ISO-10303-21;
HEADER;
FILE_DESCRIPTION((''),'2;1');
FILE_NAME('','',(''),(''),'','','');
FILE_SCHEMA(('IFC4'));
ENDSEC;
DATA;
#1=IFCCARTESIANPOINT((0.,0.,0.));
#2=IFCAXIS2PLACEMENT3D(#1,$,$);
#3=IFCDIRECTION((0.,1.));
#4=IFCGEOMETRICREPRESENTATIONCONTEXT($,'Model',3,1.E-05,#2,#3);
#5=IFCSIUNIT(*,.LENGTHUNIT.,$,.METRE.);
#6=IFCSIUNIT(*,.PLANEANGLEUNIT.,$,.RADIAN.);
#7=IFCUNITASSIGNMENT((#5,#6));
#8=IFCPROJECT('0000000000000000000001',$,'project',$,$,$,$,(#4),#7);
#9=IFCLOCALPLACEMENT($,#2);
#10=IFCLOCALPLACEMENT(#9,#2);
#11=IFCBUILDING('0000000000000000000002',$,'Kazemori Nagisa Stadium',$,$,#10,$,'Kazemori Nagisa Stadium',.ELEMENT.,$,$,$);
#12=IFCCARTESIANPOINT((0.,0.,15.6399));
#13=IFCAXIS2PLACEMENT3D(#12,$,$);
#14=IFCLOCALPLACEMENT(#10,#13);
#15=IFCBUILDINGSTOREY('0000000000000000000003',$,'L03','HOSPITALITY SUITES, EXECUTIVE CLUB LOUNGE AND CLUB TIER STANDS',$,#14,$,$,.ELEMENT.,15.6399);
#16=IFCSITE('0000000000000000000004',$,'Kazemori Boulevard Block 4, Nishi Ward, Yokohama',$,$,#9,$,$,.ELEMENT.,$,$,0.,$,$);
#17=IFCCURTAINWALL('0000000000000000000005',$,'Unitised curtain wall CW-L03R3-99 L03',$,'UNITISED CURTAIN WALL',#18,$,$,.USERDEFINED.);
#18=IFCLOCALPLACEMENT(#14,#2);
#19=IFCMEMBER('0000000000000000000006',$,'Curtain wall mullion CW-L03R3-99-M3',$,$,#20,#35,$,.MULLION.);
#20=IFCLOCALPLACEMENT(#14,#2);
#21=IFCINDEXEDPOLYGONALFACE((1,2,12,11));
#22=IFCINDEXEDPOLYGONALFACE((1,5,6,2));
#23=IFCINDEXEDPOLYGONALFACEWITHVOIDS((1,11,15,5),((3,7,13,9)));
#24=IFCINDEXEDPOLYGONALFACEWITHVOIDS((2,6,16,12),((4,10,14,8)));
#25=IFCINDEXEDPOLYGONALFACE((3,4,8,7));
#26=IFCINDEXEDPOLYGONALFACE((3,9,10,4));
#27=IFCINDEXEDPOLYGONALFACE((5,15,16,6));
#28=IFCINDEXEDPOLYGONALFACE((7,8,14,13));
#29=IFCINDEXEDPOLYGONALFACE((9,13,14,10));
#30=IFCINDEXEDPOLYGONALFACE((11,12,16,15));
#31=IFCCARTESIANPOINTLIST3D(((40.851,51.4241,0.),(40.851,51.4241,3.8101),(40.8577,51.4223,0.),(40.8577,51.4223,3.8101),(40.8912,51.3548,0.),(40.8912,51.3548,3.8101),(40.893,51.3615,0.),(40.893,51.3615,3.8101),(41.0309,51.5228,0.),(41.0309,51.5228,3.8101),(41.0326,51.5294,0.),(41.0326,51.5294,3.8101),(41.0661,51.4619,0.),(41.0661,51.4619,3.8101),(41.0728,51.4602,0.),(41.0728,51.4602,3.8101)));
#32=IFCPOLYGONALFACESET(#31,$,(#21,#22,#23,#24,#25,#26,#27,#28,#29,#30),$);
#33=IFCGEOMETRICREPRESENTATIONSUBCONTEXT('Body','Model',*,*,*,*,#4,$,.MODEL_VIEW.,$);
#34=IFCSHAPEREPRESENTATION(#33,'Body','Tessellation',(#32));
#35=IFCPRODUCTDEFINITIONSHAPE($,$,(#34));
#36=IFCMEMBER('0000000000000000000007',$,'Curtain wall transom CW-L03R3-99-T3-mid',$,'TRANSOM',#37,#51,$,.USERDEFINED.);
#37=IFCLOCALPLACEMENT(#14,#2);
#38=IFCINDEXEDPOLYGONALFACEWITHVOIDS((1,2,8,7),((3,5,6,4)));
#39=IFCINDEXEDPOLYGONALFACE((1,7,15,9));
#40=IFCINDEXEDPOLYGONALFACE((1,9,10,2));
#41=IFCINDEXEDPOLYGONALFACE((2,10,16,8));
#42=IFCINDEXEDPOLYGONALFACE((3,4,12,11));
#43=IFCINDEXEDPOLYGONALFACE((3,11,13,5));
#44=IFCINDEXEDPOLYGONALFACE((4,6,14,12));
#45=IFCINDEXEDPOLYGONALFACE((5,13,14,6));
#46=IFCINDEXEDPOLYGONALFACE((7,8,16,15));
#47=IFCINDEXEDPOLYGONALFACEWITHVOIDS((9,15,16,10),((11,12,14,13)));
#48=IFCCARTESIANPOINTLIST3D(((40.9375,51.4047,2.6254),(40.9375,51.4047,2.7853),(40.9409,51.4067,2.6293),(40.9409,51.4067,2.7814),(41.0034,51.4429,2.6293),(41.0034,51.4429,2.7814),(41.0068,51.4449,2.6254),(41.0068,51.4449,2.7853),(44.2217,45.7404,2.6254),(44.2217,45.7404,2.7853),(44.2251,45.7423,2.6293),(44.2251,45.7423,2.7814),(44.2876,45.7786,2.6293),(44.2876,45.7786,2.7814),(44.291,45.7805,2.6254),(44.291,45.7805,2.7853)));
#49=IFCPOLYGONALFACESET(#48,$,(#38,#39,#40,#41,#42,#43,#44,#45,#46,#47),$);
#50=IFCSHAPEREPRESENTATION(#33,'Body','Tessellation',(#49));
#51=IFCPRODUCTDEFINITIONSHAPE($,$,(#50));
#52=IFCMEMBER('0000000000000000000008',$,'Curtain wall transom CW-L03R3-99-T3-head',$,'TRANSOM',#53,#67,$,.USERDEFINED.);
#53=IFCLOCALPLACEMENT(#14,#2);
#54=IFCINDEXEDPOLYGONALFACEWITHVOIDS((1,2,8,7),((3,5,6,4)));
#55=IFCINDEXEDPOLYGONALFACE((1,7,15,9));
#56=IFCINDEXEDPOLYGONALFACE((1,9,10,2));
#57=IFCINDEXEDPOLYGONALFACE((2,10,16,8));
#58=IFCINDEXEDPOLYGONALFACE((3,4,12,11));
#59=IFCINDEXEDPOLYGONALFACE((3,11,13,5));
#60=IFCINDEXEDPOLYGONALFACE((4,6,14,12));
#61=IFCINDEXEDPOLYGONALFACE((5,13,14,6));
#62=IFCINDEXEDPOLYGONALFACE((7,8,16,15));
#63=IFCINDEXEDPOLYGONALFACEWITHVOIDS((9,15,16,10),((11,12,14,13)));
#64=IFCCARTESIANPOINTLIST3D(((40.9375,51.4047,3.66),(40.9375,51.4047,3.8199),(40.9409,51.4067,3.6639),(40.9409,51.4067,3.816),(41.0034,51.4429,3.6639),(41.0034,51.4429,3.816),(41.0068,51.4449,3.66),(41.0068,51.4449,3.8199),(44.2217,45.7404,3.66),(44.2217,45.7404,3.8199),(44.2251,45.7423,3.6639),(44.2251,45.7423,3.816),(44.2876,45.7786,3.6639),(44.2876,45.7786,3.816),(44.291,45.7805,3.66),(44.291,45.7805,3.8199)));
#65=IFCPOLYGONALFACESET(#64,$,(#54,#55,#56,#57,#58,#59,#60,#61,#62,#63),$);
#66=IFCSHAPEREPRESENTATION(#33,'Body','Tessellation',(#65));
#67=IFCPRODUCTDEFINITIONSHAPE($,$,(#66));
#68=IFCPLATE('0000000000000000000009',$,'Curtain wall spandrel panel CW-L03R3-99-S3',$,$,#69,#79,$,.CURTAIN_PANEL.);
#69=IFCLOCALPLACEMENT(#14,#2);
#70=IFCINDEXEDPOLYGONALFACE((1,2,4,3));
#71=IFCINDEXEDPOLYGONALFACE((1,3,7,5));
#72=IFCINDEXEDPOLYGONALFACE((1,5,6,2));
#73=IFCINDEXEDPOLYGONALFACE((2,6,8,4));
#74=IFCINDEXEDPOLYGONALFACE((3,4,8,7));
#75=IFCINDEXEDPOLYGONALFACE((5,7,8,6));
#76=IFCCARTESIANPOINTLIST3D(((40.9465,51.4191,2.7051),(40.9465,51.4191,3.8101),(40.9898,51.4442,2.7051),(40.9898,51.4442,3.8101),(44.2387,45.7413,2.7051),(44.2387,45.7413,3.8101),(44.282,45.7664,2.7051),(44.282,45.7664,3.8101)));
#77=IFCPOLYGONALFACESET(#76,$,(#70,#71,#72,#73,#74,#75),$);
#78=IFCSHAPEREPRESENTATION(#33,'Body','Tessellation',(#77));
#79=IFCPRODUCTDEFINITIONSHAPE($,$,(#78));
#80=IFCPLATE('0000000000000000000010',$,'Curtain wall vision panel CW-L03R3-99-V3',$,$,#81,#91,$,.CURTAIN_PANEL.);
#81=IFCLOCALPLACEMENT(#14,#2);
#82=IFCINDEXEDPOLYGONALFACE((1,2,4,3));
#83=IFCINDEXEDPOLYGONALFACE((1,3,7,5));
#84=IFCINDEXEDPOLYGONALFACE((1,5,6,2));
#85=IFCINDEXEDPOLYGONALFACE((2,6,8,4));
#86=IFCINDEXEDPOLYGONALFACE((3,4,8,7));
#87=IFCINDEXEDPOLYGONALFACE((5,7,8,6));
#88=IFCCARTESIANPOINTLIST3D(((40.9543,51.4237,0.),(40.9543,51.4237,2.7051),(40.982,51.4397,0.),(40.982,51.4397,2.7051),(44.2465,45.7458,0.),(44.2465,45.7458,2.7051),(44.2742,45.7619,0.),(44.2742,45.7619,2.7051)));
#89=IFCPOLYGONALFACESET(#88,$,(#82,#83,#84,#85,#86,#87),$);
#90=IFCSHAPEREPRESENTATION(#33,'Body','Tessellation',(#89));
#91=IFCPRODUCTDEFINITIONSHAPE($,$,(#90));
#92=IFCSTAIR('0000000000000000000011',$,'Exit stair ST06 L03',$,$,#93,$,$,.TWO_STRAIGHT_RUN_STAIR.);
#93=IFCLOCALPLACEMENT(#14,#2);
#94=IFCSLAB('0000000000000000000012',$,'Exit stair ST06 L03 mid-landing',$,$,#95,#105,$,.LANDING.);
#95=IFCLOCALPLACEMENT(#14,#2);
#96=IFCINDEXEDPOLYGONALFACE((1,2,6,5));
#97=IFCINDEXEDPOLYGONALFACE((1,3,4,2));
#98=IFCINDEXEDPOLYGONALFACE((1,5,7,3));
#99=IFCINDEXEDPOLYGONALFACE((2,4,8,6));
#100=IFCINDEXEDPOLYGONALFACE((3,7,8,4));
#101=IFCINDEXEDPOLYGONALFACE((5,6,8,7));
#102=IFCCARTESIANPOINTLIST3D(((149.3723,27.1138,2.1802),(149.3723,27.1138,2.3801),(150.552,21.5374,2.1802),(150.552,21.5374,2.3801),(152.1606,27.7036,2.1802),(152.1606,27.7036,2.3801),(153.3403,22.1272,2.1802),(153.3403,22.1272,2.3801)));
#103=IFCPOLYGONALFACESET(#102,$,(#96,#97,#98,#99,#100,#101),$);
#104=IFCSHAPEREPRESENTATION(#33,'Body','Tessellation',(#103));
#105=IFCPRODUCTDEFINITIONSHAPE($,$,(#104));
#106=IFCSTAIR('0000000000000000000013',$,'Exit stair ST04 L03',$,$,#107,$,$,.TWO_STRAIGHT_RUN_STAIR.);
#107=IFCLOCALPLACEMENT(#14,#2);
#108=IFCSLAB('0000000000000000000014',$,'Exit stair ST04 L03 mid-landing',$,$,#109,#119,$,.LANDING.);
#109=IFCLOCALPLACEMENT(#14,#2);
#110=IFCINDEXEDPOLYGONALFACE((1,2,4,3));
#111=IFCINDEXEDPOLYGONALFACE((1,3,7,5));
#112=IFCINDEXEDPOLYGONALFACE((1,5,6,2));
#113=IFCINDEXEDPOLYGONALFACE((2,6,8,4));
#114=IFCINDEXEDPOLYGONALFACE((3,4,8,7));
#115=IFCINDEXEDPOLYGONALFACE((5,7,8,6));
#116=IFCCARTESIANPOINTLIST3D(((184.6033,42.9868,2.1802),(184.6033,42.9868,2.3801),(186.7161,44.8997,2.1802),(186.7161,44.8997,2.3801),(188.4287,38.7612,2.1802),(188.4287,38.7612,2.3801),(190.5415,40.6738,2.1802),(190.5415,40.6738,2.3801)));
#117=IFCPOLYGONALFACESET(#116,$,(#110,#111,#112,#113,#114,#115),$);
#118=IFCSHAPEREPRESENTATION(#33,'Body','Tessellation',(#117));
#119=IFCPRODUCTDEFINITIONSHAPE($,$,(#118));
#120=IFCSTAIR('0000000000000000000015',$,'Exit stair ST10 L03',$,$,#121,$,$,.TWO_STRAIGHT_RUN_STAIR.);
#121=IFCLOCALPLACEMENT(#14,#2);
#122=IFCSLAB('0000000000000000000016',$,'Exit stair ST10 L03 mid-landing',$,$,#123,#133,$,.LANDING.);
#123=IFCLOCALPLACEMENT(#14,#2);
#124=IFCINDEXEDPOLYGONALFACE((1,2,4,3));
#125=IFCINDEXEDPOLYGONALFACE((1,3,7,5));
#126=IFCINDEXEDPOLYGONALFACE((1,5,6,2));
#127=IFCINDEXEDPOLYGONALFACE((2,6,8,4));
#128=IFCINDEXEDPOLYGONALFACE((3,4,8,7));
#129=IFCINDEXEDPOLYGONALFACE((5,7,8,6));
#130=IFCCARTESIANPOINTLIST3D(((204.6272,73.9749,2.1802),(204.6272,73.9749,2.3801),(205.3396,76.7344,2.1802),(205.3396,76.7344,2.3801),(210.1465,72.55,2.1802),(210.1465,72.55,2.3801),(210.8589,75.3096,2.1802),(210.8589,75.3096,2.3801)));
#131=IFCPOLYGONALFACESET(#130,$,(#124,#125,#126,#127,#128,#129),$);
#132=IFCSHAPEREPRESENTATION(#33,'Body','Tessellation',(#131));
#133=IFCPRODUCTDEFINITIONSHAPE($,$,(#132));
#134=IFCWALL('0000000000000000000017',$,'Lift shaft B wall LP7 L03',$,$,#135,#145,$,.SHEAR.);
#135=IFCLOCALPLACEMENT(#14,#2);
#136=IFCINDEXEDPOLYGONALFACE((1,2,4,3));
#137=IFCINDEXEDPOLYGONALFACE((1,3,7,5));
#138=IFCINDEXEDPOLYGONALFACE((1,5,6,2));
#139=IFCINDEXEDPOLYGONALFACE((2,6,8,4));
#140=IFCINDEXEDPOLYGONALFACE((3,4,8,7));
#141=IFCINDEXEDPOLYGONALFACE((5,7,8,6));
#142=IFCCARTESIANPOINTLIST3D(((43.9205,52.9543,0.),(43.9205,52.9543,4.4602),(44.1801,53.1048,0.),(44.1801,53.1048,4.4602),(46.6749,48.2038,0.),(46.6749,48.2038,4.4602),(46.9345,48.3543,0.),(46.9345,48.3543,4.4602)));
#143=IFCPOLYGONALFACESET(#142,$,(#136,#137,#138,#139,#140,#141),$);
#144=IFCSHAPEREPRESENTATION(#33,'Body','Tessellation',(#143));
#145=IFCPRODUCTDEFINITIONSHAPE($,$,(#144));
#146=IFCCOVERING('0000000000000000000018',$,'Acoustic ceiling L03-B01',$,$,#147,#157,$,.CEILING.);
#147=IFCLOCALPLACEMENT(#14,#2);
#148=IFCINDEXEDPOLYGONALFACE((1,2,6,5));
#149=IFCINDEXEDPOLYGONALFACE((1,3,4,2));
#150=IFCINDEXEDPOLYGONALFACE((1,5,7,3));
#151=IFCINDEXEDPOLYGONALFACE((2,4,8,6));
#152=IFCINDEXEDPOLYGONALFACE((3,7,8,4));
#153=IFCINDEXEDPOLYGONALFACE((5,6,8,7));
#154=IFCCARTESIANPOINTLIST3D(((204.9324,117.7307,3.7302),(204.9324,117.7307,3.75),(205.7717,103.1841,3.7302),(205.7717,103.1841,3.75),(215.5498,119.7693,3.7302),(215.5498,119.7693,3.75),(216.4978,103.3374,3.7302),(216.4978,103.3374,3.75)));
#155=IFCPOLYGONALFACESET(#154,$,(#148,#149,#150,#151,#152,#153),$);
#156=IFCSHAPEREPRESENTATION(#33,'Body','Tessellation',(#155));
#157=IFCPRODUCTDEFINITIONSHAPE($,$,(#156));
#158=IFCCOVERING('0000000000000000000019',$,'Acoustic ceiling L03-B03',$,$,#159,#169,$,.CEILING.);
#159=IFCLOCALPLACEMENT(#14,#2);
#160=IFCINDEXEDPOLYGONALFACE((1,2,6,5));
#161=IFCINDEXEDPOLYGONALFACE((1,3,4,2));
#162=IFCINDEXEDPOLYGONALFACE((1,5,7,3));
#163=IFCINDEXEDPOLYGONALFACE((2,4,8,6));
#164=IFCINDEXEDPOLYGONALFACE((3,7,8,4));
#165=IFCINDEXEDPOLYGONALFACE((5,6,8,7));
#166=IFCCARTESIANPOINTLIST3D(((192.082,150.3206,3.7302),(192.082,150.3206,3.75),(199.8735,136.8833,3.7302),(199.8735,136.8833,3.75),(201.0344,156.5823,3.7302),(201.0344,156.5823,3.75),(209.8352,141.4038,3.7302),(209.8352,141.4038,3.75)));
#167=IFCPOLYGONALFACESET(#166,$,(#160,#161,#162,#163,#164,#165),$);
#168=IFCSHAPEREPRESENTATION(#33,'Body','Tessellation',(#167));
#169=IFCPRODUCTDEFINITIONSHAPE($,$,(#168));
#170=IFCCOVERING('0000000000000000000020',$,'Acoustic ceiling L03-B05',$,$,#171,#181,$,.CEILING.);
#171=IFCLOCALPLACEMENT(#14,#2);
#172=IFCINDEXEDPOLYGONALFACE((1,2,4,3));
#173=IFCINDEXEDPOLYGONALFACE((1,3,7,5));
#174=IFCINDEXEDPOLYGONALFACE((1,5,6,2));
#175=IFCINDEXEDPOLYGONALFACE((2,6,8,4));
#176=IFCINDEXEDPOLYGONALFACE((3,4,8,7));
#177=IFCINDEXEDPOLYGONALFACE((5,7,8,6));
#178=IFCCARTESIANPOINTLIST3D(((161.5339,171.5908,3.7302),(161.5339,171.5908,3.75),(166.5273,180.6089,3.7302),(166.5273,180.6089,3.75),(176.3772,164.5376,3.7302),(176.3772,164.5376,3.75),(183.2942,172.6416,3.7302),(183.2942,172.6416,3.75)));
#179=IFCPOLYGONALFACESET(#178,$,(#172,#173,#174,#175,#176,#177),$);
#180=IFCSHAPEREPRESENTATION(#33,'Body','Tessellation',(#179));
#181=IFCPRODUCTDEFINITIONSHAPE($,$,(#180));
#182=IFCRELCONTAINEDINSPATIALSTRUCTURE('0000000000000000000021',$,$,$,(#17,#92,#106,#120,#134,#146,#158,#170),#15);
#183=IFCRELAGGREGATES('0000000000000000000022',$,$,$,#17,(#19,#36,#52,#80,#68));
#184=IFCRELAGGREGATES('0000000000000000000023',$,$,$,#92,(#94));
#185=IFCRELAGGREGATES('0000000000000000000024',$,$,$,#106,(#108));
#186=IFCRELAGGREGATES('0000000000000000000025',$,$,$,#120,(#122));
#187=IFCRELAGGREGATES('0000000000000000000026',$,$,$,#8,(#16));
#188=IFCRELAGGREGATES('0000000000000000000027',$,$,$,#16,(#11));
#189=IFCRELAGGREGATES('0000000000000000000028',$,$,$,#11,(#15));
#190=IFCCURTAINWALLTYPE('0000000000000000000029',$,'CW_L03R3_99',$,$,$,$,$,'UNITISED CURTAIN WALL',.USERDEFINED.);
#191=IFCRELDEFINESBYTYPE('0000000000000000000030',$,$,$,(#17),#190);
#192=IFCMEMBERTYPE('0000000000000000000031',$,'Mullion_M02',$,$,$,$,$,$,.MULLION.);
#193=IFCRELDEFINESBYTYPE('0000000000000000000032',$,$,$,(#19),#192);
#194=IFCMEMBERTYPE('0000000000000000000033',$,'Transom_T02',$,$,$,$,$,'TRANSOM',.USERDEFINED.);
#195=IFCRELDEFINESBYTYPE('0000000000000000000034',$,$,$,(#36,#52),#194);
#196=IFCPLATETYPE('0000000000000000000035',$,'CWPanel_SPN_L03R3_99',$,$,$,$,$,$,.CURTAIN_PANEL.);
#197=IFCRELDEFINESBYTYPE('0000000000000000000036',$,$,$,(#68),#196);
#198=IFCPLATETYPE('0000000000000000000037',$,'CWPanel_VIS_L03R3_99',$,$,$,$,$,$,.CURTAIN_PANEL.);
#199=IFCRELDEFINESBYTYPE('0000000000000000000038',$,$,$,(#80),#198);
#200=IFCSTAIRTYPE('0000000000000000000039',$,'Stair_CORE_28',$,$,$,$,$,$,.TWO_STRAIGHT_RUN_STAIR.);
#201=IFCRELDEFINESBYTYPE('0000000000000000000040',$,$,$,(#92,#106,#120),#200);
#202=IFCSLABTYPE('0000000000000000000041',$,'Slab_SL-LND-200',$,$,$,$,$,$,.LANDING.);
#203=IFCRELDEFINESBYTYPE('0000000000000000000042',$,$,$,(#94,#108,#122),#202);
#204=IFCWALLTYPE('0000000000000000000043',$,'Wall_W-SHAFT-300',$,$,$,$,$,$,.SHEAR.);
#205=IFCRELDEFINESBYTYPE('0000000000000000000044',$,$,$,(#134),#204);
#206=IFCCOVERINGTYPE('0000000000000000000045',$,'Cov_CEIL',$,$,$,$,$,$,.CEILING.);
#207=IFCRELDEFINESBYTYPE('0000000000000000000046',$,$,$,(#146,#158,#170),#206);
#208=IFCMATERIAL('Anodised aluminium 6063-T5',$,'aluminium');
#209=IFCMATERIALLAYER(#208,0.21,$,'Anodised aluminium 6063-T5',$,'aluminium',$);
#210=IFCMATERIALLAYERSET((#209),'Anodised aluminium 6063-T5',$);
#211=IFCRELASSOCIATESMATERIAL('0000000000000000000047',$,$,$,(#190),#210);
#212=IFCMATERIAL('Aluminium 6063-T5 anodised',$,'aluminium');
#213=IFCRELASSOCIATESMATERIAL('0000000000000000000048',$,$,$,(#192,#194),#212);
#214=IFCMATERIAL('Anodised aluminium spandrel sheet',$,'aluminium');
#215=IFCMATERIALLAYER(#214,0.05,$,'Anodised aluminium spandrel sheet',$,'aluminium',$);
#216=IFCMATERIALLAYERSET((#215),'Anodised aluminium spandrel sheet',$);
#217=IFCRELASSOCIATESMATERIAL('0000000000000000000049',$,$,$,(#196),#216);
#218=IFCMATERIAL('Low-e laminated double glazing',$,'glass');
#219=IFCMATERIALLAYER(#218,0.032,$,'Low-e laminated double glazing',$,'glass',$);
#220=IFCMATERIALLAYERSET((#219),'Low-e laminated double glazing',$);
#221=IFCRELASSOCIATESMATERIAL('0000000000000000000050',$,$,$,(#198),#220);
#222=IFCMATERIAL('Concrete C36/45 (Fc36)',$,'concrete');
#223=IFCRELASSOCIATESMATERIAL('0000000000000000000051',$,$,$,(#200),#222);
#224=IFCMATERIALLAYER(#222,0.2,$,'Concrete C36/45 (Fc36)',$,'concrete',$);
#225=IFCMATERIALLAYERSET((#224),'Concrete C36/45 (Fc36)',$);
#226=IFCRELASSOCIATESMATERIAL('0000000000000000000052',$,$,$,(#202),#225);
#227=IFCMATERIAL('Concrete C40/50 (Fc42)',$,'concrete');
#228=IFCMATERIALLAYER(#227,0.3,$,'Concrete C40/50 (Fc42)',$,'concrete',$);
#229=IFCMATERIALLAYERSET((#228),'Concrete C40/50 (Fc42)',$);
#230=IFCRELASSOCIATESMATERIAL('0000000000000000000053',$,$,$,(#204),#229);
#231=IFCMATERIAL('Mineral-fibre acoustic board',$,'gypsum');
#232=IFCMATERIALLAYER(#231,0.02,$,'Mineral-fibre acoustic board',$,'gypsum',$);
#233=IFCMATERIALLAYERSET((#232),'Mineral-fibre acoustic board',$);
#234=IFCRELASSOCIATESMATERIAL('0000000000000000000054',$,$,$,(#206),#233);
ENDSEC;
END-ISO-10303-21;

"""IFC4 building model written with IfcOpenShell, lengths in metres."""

from ifc_helpers import new_model, si_unit, direction, frame, frame_2d, origin, origin_2d, place, context, subcontext, project, spatial, polyline, rectangle, hollow_rectangle, outline, extrude, material, layer, layer_set, material_profile, profile_set, type_object, element, aggregate, save


model = new_model("IFC4")

# Units and contexts
model_context = context("Model", 3, precision=1e-05, world=origin(), true_north=direction((0.0, 1.0)))
body_context = subcontext(model_context, "Body", "Model", "MODEL_VIEW")
ifc_project = project(units=[si_unit("LENGTHUNIT", "METRE"), si_unit("PLANEANGLEUNIT", "RADIAN")], contexts=[model_context])

# Site, building, storey
site_placement = place(None, origin())
site = spatial("IfcSite", under=ifc_project, at=site_placement, Name="Kazemori Boulevard Block 4, Nishi Ward, Yokohama", CompositionType="ELEMENT", RefElevation=0.0)
building_placement = place(site_placement, origin())
building = spatial("IfcBuilding", under=site, at=building_placement, Name="Kazemori Nagisa Stadium", LongName="Kazemori Nagisa Stadium", CompositionType="ELEMENT")
storey_placement = place(building_placement, frame((0.0, 0.0, 15.6399)))
storey = spatial("IfcBuildingStorey", under=building, at=storey_placement, Name="L03", Description="HOSPITALITY SUITES, EXECUTIVE CLUB LOUNGE AND CLUB TIER STANDS", CompositionType="ELEMENT", Elevation=15.6399)

# Curtain wall, members, plates
ifc_material_1 = material(Name="Anodised aluminium 6063-T5", Category="aluminium")
ifc_layer_1 = layer(ifc_material_1, 0.21, Name="Anodised aluminium 6063-T5", Category="aluminium")
ifc_layer_set_1 = layer_set([ifc_layer_1], Name="Anodised aluminium 6063-T5")
curtain_wall_type = type_object("IfcCurtainWallType", Name="CW_L03R3_99", ElementType="UNITISED CURTAIN WALL", PredefinedType="USERDEFINED", material=ifc_layer_set_1)
curtain_wall_placement = place(storey_placement, origin())
curtain_wall = element("IfcCurtainWall", 1, at=curtain_wall_placement, inside=storey, type_object=curtain_wall_type, Name="Unitised curtain wall CW-L03R3-99 L03", ObjectType="UNITISED CURTAIN WALL", PredefinedType="USERDEFINED")
ifc_material_2 = material(Name="Aluminium 6063-T5 anodised", Category="aluminium")
ifc_material_profile_1 = material_profile(ifc_material_2, hollow_rectangle(XDim=0.0801, YDim=0.21, WallThickness=0.0049, at=origin_2d()), Name="ALU-MULL-80x210x5")
ifc_profile_set_1 = profile_set([ifc_material_profile_1], Name="Aluminium 6063-T5 anodised")
member_type_1 = type_object("IfcMemberType", Name="Mullion_M02", PredefinedType="MULLION", material=ifc_profile_set_1)
member_1_placement = place(storey_placement, frame((40.9619, 51.4421, 0.0), z_axis=(0.0, 0.0, 1.0), x_axis=(0.501612, -0.865093, 0.0)))
member_1 = element("IfcMember", 2, at=member_1_placement, type_object=member_type_1, Name="Curtain wall mullion CW-L03R3-99-M3", PredefinedType="MULLION", context=body_context, shape_type="SweptSolid", body=[
    extrude(hollow_rectangle(XDim=0.0801, YDim=0.21, WallThickness=0.0049, at=origin_2d()), origin(), (0.0, 0.0, 1.0), 3.8101),
])
ifc_material_profile_2 = material_profile(ifc_material_2, hollow_rectangle(XDim=0.0801, YDim=0.1599, WallThickness=0.0039, at=origin_2d()), Name="ALU-TRAN-80x160x4")
ifc_profile_set_2 = profile_set([ifc_material_profile_2], Name="Aluminium 6063-T5 anodised")
member_type_2 = type_object("IfcMemberType", Name="Transom_T02", ElementType="TRANSOM", PredefinedType="USERDEFINED", material=ifc_profile_set_2)
member_2_placement = place(storey_placement, frame((40.9722, 51.4248, 2.7053), z_axis=(0.50159, -0.865105, 0.0), x_axis=(0.865105, 0.50159, 0.0)))
member_2 = element("IfcMember", 3, at=member_2_placement, type_object=member_type_2, Name="Curtain wall transom CW-L03R3-99-T3-mid", ObjectType="TRANSOM", PredefinedType="USERDEFINED", context=body_context, shape_type="SweptSolid", body=[
    extrude(hollow_rectangle(XDim=0.0801, YDim=0.1599, WallThickness=0.0039, at=origin_2d()), origin(), (0.0, 0.0, 1.0), 6.5476),
])
member_3_placement = place(storey_placement, frame((40.9722, 51.4248, 3.74), z_axis=(0.50159, -0.865105, 0.0), x_axis=(0.865105, 0.50159, 0.0)))
member_3 = element("IfcMember", 4, at=member_3_placement, type_object=member_type_2, Name="Curtain wall transom CW-L03R3-99-T3-head", ObjectType="TRANSOM", PredefinedType="USERDEFINED", context=body_context, shape_type="SweptSolid", body=[
    extrude(hollow_rectangle(XDim=0.0801, YDim=0.1599, WallThickness=0.0039, at=origin_2d()), origin(), (0.0, 0.0, 1.0), 6.5476),
])
ifc_material_3 = material(Name="Anodised aluminium spandrel sheet", Category="aluminium")
ifc_layer_2 = layer(ifc_material_3, 0.05, Name="Anodised aluminium spandrel sheet", Category="aluminium")
ifc_layer_set_2 = layer_set([ifc_layer_2], Name="Anodised aluminium spandrel sheet")
plate_type_1 = type_object("IfcPlateType", Name="CWPanel_SPN_L03R3_99", PredefinedType="CURTAIN_PANEL", material=ifc_layer_set_2)
plate_1_placement = place(storey_placement, frame((42.6143, 48.5928, 2.7051), z_axis=(0.0, 0.0, 1.0), x_axis=(0.501612, -0.865093, 0.0)))
plate_1 = element("IfcPlate", 5, at=plate_1_placement, type_object=plate_type_1, Name="Curtain wall spandrel panel CW-L03R3-99-S3", PredefinedType="CURTAIN_PANEL", context=body_context, shape_type="SweptSolid", body=[
    extrude(rectangle(XDim=6.5632, YDim=0.05, at=origin_2d()), origin(), (0.0, 0.0, 1.0), 1.105),
])
ifc_material_4 = material(Name="Low-e laminated double glazing", Category="glass")
ifc_layer_3 = layer(ifc_material_4, 0.032, Name="Low-e laminated double glazing", Category="glass")
ifc_layer_set_3 = layer_set([ifc_layer_3], Name="Low-e laminated double glazing")
plate_type_2 = type_object("IfcPlateType", Name="CWPanel_VIS_L03R3_99", PredefinedType="CURTAIN_PANEL", material=ifc_layer_set_3)
plate_2_placement = place(storey_placement, frame((42.6143, 48.5928, 0.0), z_axis=(0.0, 0.0, 1.0), x_axis=(0.501612, -0.865093, 0.0)))
plate_2 = element("IfcPlate", 6, at=plate_2_placement, type_object=plate_type_2, Name="Curtain wall vision panel CW-L03R3-99-V3", PredefinedType="CURTAIN_PANEL", context=body_context, shape_type="SweptSolid", body=[
    extrude(rectangle(XDim=6.5632, YDim=0.032, at=origin_2d()), origin(), (0.0, 0.0, 1.0), 2.7051),
])
aggregate(curtain_wall, [member_1, member_2, member_3, plate_2, plate_1])

# Stairs, slabs
ifc_material_5 = material(Name="Concrete C36/45 (Fc36)", Category="concrete")
stair_type = type_object("IfcStairType", Name="Stair_CORE_28", PredefinedType="TWO_STRAIGHT_RUN_STAIR", material=ifc_material_5)
stair_1_placement = place(storey_placement, origin())
stair_1 = element("IfcStair", 7, at=stair_1_placement, inside=storey, type_object=stair_type, Name="Exit stair ST06 L03", PredefinedType="TWO_STRAIGHT_RUN_STAIR")
ifc_layer_4 = layer(ifc_material_5, 0.2, Name="Concrete C36/45 (Fc36)", Category="concrete")
ifc_layer_set_4 = layer_set([ifc_layer_4], Name="Concrete C36/45 (Fc36)")
slab_type = type_object("IfcSlabType", Name="Slab_SL-LND-200", PredefinedType="LANDING", material=ifc_layer_set_4)
slab_1_placement = place(storey_placement, frame((0.0, 0.0, 2.1802)))
slab_1 = element("IfcSlab", 8, at=slab_1_placement, type_object=slab_type, Name="Exit stair ST06 L03 mid-landing", PredefinedType="LANDING", context=body_context, shape_type="SweptSolid", body=[
    extrude(outline(polyline([(149.3723, 27.1138), (152.1606, 27.7036), (153.3403, 22.1272), (150.552, 21.5374), (149.3723, 27.1138)])), origin(), (0.0, 0.0, 1.0), 0.2),
])
aggregate(stair_1, [slab_1])
stair_2_placement = place(storey_placement, origin())
stair_2 = element("IfcStair", 9, at=stair_2_placement, inside=storey, type_object=stair_type, Name="Exit stair ST04 L03", PredefinedType="TWO_STRAIGHT_RUN_STAIR")
slab_2_placement = place(storey_placement, frame((0.0, 0.0, 2.1802)))
slab_2 = element("IfcSlab", 10, at=slab_2_placement, type_object=slab_type, Name="Exit stair ST04 L03 mid-landing", PredefinedType="LANDING", context=body_context, shape_type="SweptSolid", body=[
    extrude(outline(polyline([(184.6033, 42.9868), (186.7161, 44.8997), (190.5415, 40.6738), (188.4287, 38.7612), (184.6033, 42.9868)])), origin(), (0.0, 0.0, 1.0), 0.2),
])
aggregate(stair_2, [slab_2])
stair_3_placement = place(storey_placement, origin())
stair_3 = element("IfcStair", 11, at=stair_3_placement, inside=storey, type_object=stair_type, Name="Exit stair ST10 L03", PredefinedType="TWO_STRAIGHT_RUN_STAIR")
slab_3_placement = place(storey_placement, frame((0.0, 0.0, 2.1802)))
slab_3 = element("IfcSlab", 12, at=slab_3_placement, type_object=slab_type, Name="Exit stair ST10 L03 mid-landing", PredefinedType="LANDING", context=body_context, shape_type="SweptSolid", body=[
    extrude(outline(polyline([(204.6272, 73.9749), (205.3396, 76.7344), (210.8589, 75.3096), (210.1465, 72.55), (204.6272, 73.9749)])), origin(), (0.0, 0.0, 1.0), 0.2),
])
aggregate(stair_3, [slab_3])

# Wall
ifc_material_6 = material(Name="Concrete C40/50 (Fc42)", Category="concrete")
ifc_layer_5 = layer(ifc_material_6, 0.3, Name="Concrete C40/50 (Fc42)", Category="concrete")
ifc_layer_set_5 = layer_set([ifc_layer_5], Name="Concrete C40/50 (Fc42)")
wall_type = type_object("IfcWallType", Name="Wall_W-SHAFT-300", PredefinedType="SHEAR", material=ifc_layer_set_5)
wall_placement = place(storey_placement, frame((44.0503, 53.0295, 0.0), z_axis=(0.0, 0.0, 1.0), x_axis=(0.501597, -0.865101, 0.0)))
element("IfcWall", 13, at=wall_placement, inside=storey, type_object=wall_type, Name="Lift shaft B wall LP7 L03", PredefinedType="SHEAR", context=body_context, shape_type="SweptSolid", body=[
    extrude(rectangle(XDim=5.4912, YDim=0.3, at=frame_2d((2.7456, 0.0))), origin(), (0.0, 0.0, 1.0), 4.4602),
])

# Coverings
ifc_material_7 = material(Name="Mineral-fibre acoustic board", Category="gypsum")
ifc_layer_6 = layer(ifc_material_7, 0.02, Name="Mineral-fibre acoustic board", Category="gypsum")
ifc_layer_set_6 = layer_set([ifc_layer_6], Name="Mineral-fibre acoustic board")
covering_type_1 = type_object("IfcCoveringType", Name="Cov_CEIL", PredefinedType="CEILING", material=ifc_layer_set_6)
covering_1_placement = place(storey_placement, frame((0.0, 0.0, 3.7302)))
element("IfcCovering", 14, at=covering_1_placement, inside=storey, type_object=covering_type_1, Name="Acoustic ceiling L03-B01", PredefinedType="CEILING", context=body_context, shape_type="SweptSolid", body=[
    extrude(outline(polyline([(205.7717, 103.1841), (204.9324, 117.7307), (215.5498, 119.7693), (216.4978, 103.3374), (205.7717, 103.1841)])), origin(), (0.0, 0.0, 1.0), 0.0198),
])
covering_2_placement = place(storey_placement, frame((0.0, 0.0, 3.7302)))
element("IfcCovering", 15, at=covering_2_placement, inside=storey, type_object=covering_type_1, Name="Acoustic ceiling L03-B03", PredefinedType="CEILING", context=body_context, shape_type="SweptSolid", body=[
    extrude(outline(polyline([(199.8735, 136.8833), (192.082, 150.3206), (201.0344, 156.5823), (209.8352, 141.4038), (199.8735, 136.8833)])), origin(), (0.0, 0.0, 1.0), 0.0198),
])
covering_3_placement = place(storey_placement, frame((0.0, 0.0, 3.7302)))
element("IfcCovering", 16, at=covering_3_placement, inside=storey, type_object=covering_type_1, Name="Acoustic ceiling L03-B05", PredefinedType="CEILING", context=body_context, shape_type="SweptSolid", body=[
    extrude(outline(polyline([(176.3772, 164.5376), (161.5339, 171.5908), (166.5273, 180.6089), (183.2942, 172.6416), (176.3772, 164.5376)])), origin(), (0.0, 0.0, 1.0), 0.0198),
])

save(model, "model.ifc")
